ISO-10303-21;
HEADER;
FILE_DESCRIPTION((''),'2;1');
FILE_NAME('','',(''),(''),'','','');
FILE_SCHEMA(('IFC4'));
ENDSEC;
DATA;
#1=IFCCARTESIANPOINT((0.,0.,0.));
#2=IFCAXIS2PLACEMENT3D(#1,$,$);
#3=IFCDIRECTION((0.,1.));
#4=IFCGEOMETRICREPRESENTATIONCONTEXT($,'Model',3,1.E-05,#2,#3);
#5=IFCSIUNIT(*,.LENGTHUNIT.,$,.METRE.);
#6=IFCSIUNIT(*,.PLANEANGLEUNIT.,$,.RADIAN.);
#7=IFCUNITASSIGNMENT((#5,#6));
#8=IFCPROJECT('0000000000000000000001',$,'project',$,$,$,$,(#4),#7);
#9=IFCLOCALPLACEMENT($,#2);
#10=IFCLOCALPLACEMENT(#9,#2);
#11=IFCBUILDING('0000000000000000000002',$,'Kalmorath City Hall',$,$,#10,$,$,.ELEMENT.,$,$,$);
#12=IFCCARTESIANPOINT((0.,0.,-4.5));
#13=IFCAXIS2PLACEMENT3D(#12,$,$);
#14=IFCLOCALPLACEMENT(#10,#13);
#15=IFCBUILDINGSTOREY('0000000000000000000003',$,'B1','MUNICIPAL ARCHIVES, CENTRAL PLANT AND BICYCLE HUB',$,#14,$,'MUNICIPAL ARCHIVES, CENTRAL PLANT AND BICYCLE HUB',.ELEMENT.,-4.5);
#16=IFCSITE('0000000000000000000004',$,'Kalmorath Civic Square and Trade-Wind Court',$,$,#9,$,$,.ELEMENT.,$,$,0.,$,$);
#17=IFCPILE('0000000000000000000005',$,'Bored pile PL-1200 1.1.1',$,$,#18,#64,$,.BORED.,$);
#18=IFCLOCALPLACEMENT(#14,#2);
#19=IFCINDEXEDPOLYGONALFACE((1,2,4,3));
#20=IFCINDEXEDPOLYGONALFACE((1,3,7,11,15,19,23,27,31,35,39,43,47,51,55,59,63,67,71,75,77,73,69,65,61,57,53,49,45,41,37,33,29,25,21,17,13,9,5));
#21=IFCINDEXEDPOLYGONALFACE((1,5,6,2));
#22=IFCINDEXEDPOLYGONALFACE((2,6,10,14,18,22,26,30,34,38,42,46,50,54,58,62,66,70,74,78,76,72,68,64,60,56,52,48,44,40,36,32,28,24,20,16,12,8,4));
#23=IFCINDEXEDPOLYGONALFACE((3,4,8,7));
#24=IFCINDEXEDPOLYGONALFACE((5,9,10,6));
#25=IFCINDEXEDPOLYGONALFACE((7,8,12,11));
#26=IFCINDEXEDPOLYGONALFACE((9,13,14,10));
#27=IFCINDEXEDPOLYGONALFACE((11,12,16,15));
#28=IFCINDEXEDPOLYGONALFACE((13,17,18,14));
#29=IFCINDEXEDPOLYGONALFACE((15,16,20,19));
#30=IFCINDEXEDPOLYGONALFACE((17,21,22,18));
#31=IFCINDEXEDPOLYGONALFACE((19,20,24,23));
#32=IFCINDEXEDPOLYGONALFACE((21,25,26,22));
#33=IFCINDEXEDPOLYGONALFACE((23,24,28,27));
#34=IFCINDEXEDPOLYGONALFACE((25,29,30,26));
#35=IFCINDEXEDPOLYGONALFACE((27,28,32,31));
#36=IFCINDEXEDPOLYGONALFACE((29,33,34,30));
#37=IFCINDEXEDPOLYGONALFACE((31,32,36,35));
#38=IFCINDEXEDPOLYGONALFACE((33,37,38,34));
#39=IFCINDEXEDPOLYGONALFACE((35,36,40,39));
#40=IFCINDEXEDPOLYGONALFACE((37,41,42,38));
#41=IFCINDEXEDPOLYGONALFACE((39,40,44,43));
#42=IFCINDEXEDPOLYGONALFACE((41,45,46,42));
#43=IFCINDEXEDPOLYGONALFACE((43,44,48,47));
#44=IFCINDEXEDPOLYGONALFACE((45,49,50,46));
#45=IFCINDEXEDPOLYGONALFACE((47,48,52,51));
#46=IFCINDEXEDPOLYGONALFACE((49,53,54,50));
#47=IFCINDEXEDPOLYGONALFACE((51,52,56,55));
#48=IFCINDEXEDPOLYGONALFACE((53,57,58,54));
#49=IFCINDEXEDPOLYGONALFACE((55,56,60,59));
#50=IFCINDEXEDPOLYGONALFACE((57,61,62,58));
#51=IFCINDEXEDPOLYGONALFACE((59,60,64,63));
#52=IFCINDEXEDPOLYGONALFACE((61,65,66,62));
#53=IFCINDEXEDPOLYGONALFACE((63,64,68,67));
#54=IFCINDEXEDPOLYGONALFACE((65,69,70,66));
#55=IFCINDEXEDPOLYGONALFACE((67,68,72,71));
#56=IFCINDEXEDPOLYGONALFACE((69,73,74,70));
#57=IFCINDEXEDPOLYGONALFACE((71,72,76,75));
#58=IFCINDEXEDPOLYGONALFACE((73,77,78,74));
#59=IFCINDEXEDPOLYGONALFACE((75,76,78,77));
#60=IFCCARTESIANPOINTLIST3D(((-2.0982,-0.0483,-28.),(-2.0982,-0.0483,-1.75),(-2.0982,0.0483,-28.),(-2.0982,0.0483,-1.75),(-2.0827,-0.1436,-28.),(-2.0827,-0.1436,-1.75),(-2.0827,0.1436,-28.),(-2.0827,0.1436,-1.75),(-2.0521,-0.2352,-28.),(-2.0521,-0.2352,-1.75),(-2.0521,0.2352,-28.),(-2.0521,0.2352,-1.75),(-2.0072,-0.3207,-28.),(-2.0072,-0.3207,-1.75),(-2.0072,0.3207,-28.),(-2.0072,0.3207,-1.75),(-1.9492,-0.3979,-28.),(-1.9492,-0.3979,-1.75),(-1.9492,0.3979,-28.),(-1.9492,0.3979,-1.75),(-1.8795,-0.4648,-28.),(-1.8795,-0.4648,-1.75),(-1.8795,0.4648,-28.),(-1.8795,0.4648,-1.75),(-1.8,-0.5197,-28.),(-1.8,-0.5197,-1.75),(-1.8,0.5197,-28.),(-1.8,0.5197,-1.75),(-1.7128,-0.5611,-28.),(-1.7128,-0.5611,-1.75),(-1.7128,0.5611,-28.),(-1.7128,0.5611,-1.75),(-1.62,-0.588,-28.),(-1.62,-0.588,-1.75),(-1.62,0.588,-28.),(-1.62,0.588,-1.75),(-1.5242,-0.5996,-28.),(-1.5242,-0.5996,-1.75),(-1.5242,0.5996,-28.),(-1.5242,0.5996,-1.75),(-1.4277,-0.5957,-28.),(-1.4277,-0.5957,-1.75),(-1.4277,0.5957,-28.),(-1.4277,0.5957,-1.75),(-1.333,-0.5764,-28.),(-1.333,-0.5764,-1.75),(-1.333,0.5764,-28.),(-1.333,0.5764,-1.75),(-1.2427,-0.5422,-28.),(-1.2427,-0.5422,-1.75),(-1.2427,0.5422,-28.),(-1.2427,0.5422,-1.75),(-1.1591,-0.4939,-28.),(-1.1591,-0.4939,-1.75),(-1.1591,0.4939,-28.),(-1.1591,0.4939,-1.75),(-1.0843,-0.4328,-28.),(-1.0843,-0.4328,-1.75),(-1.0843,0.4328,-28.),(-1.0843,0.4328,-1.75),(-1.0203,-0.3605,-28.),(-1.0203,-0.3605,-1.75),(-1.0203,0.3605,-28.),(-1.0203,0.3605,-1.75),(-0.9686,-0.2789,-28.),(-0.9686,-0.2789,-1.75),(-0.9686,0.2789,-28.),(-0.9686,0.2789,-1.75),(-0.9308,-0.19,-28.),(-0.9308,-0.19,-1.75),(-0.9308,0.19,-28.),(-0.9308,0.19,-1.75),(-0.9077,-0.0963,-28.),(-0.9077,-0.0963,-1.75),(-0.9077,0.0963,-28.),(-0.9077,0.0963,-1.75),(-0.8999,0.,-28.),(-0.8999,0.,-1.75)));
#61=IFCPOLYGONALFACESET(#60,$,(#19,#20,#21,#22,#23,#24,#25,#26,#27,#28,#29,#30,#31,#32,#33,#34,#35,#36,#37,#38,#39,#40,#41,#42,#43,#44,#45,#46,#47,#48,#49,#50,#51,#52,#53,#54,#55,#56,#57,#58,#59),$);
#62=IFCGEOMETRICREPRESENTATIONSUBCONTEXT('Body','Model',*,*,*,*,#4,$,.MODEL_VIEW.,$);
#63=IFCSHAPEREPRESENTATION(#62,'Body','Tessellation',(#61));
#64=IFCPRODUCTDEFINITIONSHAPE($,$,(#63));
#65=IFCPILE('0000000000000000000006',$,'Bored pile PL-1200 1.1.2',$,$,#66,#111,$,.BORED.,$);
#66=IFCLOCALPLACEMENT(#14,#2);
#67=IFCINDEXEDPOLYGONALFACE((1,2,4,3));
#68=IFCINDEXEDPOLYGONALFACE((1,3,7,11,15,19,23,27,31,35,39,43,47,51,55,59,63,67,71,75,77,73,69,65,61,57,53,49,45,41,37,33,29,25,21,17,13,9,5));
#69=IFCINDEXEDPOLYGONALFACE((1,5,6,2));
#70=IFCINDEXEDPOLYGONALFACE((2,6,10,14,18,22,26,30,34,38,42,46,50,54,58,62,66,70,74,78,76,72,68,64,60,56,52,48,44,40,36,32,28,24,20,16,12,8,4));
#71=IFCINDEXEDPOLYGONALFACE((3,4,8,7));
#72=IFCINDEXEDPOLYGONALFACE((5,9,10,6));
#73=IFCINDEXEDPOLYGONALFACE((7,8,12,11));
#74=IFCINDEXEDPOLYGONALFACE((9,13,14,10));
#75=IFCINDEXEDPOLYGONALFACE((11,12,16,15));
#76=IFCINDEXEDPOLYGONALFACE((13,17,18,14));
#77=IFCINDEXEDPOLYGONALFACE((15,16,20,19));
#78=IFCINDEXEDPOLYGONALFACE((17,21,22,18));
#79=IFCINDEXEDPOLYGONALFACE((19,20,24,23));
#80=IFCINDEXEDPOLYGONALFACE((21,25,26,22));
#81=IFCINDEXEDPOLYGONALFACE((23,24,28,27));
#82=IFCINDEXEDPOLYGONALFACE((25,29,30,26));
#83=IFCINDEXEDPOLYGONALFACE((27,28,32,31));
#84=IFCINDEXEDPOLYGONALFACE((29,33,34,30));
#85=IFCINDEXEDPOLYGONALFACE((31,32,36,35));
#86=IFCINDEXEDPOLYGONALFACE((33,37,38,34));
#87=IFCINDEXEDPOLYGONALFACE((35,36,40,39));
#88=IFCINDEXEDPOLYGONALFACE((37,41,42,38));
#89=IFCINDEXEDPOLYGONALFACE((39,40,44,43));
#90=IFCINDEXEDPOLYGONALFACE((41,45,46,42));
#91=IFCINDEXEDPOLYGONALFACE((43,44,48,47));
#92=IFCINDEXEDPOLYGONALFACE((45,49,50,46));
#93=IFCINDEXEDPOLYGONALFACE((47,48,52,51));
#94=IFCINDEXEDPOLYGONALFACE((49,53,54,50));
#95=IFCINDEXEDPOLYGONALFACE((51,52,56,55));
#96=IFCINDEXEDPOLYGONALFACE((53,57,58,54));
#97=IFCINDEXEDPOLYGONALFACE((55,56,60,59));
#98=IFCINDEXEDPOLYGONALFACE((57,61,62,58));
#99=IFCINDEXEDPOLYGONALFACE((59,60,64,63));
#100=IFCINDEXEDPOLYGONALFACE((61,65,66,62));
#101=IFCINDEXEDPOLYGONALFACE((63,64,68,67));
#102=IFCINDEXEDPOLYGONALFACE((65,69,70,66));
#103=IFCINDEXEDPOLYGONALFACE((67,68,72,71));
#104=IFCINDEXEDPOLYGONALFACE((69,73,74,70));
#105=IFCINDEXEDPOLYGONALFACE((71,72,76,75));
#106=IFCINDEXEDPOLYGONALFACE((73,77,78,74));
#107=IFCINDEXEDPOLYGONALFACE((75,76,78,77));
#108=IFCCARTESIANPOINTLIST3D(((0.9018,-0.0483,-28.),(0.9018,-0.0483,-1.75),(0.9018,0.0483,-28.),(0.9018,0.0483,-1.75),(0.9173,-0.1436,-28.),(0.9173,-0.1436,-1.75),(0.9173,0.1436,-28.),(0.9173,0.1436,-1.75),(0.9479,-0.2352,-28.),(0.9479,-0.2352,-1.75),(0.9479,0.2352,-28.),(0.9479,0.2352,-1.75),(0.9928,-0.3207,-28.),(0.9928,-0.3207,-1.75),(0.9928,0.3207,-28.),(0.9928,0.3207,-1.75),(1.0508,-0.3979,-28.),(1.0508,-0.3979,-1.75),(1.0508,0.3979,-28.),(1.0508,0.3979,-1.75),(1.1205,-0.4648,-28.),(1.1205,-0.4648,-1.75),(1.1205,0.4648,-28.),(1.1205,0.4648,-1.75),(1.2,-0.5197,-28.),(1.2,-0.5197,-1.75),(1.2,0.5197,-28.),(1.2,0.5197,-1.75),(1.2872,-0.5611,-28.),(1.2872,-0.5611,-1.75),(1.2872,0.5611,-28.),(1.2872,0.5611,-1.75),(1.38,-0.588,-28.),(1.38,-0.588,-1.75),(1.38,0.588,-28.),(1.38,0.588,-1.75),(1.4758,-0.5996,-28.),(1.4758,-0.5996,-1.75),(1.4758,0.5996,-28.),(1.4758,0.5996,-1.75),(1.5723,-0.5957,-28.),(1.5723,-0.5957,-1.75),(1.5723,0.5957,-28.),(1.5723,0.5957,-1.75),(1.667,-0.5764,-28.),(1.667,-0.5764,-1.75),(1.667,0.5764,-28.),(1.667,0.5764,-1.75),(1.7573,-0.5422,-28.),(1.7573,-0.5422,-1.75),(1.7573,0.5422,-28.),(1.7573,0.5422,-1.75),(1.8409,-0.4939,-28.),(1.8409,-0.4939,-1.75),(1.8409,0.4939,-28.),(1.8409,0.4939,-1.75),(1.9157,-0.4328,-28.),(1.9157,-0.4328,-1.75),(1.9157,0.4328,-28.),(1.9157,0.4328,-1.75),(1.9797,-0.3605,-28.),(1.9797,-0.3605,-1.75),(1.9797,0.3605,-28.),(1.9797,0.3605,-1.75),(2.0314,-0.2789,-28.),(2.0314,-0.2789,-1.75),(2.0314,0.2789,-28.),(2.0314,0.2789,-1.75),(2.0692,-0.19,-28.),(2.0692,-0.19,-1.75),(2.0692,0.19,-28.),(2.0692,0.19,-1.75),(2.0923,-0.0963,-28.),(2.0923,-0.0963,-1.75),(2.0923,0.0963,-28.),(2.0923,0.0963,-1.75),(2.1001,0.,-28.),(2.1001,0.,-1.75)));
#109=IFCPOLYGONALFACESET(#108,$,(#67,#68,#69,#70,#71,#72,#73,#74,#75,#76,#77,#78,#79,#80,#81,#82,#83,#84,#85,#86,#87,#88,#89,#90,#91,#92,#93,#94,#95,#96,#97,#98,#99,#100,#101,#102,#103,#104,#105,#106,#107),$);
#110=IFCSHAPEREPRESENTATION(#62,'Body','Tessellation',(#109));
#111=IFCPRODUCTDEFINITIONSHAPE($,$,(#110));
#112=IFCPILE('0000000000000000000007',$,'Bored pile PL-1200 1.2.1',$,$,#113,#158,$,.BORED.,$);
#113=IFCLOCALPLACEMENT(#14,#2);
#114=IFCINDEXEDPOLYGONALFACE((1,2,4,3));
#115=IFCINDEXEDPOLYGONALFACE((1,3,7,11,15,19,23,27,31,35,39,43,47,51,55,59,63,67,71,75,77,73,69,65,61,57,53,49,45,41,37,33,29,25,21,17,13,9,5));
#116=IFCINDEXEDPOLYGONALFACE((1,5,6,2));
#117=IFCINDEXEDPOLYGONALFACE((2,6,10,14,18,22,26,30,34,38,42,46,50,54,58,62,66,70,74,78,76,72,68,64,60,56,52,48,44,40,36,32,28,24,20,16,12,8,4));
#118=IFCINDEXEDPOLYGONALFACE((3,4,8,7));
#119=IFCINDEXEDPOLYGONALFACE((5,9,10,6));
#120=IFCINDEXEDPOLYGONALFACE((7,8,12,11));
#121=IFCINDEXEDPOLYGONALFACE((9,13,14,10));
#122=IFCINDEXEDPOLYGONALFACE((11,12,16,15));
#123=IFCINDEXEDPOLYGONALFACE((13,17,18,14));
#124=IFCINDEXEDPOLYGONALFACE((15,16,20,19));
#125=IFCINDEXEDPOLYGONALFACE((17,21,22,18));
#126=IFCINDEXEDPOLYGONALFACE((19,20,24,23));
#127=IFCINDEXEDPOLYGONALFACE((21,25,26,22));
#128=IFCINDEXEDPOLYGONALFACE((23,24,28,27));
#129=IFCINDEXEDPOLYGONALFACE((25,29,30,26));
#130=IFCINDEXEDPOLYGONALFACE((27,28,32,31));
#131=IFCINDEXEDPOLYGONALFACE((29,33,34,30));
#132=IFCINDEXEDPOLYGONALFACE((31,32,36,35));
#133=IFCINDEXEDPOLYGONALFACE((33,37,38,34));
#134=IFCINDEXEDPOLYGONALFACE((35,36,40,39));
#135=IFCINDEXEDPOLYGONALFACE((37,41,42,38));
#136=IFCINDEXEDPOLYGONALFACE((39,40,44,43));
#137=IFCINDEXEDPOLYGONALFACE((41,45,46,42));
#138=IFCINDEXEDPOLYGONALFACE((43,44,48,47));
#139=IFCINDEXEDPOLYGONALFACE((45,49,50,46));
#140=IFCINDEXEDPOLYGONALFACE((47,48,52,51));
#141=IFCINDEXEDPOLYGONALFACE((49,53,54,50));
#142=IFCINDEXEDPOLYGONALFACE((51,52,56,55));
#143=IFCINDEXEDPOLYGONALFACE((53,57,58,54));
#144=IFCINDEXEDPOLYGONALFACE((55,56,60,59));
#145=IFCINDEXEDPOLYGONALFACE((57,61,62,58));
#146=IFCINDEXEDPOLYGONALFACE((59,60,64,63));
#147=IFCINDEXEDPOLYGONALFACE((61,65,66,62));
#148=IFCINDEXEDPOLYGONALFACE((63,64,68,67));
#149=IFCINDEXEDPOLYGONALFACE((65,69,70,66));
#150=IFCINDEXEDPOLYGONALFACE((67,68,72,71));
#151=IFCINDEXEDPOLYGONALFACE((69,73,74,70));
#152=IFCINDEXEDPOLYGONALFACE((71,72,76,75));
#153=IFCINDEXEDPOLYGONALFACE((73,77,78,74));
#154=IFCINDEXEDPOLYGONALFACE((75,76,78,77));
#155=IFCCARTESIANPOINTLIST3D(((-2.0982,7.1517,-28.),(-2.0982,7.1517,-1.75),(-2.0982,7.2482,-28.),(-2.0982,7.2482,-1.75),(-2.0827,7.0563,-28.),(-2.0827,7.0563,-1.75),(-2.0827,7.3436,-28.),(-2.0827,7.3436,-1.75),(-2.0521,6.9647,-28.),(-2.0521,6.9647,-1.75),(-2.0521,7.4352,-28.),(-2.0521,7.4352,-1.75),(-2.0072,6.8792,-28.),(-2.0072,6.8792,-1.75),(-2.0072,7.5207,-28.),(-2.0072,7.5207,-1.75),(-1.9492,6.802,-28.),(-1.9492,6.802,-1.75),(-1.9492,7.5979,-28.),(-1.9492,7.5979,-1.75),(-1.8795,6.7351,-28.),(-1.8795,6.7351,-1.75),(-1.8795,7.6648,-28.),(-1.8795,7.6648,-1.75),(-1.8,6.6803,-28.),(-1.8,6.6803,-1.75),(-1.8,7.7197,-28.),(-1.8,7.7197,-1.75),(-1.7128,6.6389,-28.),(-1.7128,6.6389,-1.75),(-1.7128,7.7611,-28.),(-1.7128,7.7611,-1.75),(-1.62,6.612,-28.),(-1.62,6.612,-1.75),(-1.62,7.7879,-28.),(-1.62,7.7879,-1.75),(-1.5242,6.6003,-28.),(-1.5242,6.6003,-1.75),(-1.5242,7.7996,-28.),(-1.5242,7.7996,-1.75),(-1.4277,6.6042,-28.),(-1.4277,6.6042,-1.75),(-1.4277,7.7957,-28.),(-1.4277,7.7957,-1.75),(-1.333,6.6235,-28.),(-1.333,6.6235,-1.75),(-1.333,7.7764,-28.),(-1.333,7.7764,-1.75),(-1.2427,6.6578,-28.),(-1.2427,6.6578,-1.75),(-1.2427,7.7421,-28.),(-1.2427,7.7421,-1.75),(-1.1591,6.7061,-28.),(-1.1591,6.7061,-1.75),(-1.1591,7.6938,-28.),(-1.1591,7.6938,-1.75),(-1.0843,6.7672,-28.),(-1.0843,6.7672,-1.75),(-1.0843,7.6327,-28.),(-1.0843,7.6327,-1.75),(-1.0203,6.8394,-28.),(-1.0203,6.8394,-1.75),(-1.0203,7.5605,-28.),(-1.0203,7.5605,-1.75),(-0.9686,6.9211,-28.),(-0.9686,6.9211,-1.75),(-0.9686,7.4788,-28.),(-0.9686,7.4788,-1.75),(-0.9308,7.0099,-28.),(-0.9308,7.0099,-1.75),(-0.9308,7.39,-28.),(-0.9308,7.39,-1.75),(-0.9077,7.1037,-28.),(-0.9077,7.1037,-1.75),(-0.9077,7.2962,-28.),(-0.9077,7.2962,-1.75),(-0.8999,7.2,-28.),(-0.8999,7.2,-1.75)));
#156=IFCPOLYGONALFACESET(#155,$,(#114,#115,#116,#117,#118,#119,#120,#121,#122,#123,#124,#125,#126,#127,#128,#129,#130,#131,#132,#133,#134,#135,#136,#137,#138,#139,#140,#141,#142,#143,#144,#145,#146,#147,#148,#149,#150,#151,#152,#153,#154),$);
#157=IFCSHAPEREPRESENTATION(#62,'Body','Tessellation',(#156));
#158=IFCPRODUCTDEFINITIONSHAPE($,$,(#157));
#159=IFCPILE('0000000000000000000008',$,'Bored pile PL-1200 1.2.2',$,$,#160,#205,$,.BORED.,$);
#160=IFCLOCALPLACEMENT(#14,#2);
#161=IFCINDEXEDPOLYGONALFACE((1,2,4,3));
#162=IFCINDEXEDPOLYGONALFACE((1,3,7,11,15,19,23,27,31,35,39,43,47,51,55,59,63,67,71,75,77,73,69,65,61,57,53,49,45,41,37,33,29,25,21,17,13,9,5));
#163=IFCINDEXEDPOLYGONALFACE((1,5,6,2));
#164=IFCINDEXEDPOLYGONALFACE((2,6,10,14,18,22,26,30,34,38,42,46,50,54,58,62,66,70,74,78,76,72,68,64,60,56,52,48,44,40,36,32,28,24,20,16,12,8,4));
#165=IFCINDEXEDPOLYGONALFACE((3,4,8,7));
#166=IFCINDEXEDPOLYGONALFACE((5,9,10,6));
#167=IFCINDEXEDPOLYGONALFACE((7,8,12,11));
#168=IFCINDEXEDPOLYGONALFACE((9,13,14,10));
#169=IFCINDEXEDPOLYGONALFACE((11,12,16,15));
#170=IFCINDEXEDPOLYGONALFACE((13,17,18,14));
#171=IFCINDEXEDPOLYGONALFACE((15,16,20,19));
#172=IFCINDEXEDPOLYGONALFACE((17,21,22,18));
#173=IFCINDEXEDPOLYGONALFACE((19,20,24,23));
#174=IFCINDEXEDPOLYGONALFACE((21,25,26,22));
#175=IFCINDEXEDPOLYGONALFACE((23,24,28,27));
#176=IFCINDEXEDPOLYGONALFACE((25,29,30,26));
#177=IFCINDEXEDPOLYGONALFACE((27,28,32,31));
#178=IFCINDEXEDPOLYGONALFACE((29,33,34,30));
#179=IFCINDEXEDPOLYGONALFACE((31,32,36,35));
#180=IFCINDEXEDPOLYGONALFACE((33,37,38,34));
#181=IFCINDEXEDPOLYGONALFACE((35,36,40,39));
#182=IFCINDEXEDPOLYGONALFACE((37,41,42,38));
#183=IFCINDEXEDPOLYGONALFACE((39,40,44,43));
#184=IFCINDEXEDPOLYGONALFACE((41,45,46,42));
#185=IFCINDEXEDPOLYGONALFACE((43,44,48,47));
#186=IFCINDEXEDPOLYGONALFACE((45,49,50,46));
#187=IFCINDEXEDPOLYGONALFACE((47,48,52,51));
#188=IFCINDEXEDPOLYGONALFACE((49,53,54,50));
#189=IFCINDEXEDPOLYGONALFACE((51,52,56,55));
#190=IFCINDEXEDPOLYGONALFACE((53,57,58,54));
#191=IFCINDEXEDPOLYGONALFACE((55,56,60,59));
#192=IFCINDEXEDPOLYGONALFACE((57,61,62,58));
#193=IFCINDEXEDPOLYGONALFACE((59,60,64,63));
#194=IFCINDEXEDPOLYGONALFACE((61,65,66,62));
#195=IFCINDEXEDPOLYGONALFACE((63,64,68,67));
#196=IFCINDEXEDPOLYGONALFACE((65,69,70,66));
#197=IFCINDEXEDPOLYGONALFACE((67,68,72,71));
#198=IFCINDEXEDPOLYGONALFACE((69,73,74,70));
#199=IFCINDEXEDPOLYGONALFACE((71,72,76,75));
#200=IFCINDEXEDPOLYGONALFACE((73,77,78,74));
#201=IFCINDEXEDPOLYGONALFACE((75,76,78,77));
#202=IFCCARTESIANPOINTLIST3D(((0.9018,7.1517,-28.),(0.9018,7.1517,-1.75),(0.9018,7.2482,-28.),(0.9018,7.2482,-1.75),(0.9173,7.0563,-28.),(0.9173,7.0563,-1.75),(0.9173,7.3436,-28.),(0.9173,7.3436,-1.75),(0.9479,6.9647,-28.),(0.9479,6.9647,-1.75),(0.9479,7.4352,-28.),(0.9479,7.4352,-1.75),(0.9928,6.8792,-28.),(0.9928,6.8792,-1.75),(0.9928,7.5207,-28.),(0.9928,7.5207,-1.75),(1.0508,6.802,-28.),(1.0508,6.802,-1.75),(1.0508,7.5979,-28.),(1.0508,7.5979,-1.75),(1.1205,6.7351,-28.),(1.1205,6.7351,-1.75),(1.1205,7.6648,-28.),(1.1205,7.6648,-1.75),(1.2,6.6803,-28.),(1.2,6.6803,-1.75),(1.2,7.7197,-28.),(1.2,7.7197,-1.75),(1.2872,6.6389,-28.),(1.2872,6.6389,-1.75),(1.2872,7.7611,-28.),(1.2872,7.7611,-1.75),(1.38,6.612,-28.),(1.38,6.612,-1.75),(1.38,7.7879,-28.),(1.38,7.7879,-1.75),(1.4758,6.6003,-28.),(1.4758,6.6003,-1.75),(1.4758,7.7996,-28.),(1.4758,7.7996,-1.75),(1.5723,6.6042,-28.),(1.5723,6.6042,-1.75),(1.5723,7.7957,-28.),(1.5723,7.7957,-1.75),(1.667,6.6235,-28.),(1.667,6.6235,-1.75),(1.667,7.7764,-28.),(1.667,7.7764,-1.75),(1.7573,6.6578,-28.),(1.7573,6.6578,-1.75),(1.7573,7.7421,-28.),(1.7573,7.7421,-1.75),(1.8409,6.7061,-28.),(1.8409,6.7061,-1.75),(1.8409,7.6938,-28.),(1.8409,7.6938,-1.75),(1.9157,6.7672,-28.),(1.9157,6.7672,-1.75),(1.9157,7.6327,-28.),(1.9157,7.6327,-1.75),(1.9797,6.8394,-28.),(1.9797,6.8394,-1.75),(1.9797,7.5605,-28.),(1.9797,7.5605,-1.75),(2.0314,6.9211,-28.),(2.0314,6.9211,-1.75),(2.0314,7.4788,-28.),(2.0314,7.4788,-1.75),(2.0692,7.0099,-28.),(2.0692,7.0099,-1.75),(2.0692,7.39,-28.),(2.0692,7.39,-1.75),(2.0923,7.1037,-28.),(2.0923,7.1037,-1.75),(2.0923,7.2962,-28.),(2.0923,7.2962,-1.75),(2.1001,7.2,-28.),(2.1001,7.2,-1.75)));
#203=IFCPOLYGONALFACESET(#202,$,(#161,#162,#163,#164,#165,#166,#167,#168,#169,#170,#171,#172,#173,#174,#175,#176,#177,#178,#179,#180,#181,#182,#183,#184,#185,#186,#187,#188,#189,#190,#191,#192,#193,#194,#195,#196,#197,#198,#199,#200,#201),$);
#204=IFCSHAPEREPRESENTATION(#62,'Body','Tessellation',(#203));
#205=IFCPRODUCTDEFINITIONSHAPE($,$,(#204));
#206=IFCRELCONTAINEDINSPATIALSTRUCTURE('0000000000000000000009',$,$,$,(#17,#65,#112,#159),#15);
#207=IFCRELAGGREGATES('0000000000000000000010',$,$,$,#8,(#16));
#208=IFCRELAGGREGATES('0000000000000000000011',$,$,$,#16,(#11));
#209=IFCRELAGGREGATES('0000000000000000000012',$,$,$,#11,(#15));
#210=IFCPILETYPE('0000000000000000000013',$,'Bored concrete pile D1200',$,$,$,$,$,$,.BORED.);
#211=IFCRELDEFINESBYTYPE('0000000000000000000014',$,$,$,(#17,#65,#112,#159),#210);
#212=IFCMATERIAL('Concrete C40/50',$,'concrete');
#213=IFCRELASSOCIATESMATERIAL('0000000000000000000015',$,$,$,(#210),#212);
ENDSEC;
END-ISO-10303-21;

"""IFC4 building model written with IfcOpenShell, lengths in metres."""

from ifc_helpers import new_model, si_unit, direction, frame, origin, origin_2d, place, context, subcontext, project, spatial, circle, extrude, material, material_profile, profile_set, type_object, element, save


model = new_model("IFC4")

# Units and contexts
model_context = context("Model", 3, precision=1e-05, world=origin(), true_north=direction((0.0, 1.0)))
body_context = subcontext(model_context, "Body", "Model", "MODEL_VIEW")
ifc_project = project(units=[si_unit("LENGTHUNIT", "METRE"), si_unit("PLANEANGLEUNIT", "RADIAN")], contexts=[model_context])

# Site, building, storey
site_placement = place(None, origin())
site = spatial("IfcSite", under=ifc_project, at=site_placement, Name="Kalmorath Civic Square and Trade-Wind Court", CompositionType="ELEMENT", RefElevation=0.0)
building_placement = place(site_placement, origin())
building = spatial("IfcBuilding", under=site, at=building_placement, Name="Kalmorath City Hall", CompositionType="ELEMENT")
storey_placement = place(building_placement, frame((0.0, 0.0, -4.5)))
storey = spatial("IfcBuildingStorey", under=building, at=storey_placement, Name="B1", Description="MUNICIPAL ARCHIVES, CENTRAL PLANT AND BICYCLE HUB", LongName="MUNICIPAL ARCHIVES, CENTRAL PLANT AND BICYCLE HUB", CompositionType="ELEMENT", Elevation=-4.5)

# Piles
ifc_material_1 = material(Name="Concrete C40/50", Category="concrete")
ifc_material_profile_1 = material_profile(ifc_material_1, circle(Radius=0.6001, at=origin_2d()), Name="PILE-D1200")
ifc_profile_set_1 = profile_set([ifc_material_profile_1], Name="Concrete C40/50")
pile_type_1 = type_object("IfcPileType", Name="Bored concrete pile D1200", PredefinedType="BORED", material=ifc_profile_set_1)
for number, where, z_axis, x_axis, name in (
    (1, (-1.5, 0.0, -1.75), (0.0, 0.0, -1.0), (1.0, 0.0, 0.0), "Bored pile PL-1200 1.1.1"),
    (2, (1.5, 0.0, -1.75), (0.0, 0.0, -1.0), (1.0, 0.0, 0.0), "Bored pile PL-1200 1.1.2"),
    (3, (-1.5, 7.2, -1.75), (0.0, 0.0, -1.0), (1.0, 0.0, 0.0), "Bored pile PL-1200 1.2.1"),
    (4, (1.5, 7.2, -1.75), (0.0, 0.0, -1.0), (1.0, 0.0, 0.0), "Bored pile PL-1200 1.2.2"),
):
    element("IfcPile", number, at=place(storey_placement, frame(where, z_axis=z_axis, x_axis=x_axis)), inside=storey, type_object=pile_type_1, Name=name, PredefinedType="BORED", context=body_context, shape_type="SweptSolid", body=[
        extrude(circle(Radius=0.6001, at=origin_2d()), origin(), (0.0, 0.0, 1.0), 26.25),
    ])

save(model, "model.ifc")
